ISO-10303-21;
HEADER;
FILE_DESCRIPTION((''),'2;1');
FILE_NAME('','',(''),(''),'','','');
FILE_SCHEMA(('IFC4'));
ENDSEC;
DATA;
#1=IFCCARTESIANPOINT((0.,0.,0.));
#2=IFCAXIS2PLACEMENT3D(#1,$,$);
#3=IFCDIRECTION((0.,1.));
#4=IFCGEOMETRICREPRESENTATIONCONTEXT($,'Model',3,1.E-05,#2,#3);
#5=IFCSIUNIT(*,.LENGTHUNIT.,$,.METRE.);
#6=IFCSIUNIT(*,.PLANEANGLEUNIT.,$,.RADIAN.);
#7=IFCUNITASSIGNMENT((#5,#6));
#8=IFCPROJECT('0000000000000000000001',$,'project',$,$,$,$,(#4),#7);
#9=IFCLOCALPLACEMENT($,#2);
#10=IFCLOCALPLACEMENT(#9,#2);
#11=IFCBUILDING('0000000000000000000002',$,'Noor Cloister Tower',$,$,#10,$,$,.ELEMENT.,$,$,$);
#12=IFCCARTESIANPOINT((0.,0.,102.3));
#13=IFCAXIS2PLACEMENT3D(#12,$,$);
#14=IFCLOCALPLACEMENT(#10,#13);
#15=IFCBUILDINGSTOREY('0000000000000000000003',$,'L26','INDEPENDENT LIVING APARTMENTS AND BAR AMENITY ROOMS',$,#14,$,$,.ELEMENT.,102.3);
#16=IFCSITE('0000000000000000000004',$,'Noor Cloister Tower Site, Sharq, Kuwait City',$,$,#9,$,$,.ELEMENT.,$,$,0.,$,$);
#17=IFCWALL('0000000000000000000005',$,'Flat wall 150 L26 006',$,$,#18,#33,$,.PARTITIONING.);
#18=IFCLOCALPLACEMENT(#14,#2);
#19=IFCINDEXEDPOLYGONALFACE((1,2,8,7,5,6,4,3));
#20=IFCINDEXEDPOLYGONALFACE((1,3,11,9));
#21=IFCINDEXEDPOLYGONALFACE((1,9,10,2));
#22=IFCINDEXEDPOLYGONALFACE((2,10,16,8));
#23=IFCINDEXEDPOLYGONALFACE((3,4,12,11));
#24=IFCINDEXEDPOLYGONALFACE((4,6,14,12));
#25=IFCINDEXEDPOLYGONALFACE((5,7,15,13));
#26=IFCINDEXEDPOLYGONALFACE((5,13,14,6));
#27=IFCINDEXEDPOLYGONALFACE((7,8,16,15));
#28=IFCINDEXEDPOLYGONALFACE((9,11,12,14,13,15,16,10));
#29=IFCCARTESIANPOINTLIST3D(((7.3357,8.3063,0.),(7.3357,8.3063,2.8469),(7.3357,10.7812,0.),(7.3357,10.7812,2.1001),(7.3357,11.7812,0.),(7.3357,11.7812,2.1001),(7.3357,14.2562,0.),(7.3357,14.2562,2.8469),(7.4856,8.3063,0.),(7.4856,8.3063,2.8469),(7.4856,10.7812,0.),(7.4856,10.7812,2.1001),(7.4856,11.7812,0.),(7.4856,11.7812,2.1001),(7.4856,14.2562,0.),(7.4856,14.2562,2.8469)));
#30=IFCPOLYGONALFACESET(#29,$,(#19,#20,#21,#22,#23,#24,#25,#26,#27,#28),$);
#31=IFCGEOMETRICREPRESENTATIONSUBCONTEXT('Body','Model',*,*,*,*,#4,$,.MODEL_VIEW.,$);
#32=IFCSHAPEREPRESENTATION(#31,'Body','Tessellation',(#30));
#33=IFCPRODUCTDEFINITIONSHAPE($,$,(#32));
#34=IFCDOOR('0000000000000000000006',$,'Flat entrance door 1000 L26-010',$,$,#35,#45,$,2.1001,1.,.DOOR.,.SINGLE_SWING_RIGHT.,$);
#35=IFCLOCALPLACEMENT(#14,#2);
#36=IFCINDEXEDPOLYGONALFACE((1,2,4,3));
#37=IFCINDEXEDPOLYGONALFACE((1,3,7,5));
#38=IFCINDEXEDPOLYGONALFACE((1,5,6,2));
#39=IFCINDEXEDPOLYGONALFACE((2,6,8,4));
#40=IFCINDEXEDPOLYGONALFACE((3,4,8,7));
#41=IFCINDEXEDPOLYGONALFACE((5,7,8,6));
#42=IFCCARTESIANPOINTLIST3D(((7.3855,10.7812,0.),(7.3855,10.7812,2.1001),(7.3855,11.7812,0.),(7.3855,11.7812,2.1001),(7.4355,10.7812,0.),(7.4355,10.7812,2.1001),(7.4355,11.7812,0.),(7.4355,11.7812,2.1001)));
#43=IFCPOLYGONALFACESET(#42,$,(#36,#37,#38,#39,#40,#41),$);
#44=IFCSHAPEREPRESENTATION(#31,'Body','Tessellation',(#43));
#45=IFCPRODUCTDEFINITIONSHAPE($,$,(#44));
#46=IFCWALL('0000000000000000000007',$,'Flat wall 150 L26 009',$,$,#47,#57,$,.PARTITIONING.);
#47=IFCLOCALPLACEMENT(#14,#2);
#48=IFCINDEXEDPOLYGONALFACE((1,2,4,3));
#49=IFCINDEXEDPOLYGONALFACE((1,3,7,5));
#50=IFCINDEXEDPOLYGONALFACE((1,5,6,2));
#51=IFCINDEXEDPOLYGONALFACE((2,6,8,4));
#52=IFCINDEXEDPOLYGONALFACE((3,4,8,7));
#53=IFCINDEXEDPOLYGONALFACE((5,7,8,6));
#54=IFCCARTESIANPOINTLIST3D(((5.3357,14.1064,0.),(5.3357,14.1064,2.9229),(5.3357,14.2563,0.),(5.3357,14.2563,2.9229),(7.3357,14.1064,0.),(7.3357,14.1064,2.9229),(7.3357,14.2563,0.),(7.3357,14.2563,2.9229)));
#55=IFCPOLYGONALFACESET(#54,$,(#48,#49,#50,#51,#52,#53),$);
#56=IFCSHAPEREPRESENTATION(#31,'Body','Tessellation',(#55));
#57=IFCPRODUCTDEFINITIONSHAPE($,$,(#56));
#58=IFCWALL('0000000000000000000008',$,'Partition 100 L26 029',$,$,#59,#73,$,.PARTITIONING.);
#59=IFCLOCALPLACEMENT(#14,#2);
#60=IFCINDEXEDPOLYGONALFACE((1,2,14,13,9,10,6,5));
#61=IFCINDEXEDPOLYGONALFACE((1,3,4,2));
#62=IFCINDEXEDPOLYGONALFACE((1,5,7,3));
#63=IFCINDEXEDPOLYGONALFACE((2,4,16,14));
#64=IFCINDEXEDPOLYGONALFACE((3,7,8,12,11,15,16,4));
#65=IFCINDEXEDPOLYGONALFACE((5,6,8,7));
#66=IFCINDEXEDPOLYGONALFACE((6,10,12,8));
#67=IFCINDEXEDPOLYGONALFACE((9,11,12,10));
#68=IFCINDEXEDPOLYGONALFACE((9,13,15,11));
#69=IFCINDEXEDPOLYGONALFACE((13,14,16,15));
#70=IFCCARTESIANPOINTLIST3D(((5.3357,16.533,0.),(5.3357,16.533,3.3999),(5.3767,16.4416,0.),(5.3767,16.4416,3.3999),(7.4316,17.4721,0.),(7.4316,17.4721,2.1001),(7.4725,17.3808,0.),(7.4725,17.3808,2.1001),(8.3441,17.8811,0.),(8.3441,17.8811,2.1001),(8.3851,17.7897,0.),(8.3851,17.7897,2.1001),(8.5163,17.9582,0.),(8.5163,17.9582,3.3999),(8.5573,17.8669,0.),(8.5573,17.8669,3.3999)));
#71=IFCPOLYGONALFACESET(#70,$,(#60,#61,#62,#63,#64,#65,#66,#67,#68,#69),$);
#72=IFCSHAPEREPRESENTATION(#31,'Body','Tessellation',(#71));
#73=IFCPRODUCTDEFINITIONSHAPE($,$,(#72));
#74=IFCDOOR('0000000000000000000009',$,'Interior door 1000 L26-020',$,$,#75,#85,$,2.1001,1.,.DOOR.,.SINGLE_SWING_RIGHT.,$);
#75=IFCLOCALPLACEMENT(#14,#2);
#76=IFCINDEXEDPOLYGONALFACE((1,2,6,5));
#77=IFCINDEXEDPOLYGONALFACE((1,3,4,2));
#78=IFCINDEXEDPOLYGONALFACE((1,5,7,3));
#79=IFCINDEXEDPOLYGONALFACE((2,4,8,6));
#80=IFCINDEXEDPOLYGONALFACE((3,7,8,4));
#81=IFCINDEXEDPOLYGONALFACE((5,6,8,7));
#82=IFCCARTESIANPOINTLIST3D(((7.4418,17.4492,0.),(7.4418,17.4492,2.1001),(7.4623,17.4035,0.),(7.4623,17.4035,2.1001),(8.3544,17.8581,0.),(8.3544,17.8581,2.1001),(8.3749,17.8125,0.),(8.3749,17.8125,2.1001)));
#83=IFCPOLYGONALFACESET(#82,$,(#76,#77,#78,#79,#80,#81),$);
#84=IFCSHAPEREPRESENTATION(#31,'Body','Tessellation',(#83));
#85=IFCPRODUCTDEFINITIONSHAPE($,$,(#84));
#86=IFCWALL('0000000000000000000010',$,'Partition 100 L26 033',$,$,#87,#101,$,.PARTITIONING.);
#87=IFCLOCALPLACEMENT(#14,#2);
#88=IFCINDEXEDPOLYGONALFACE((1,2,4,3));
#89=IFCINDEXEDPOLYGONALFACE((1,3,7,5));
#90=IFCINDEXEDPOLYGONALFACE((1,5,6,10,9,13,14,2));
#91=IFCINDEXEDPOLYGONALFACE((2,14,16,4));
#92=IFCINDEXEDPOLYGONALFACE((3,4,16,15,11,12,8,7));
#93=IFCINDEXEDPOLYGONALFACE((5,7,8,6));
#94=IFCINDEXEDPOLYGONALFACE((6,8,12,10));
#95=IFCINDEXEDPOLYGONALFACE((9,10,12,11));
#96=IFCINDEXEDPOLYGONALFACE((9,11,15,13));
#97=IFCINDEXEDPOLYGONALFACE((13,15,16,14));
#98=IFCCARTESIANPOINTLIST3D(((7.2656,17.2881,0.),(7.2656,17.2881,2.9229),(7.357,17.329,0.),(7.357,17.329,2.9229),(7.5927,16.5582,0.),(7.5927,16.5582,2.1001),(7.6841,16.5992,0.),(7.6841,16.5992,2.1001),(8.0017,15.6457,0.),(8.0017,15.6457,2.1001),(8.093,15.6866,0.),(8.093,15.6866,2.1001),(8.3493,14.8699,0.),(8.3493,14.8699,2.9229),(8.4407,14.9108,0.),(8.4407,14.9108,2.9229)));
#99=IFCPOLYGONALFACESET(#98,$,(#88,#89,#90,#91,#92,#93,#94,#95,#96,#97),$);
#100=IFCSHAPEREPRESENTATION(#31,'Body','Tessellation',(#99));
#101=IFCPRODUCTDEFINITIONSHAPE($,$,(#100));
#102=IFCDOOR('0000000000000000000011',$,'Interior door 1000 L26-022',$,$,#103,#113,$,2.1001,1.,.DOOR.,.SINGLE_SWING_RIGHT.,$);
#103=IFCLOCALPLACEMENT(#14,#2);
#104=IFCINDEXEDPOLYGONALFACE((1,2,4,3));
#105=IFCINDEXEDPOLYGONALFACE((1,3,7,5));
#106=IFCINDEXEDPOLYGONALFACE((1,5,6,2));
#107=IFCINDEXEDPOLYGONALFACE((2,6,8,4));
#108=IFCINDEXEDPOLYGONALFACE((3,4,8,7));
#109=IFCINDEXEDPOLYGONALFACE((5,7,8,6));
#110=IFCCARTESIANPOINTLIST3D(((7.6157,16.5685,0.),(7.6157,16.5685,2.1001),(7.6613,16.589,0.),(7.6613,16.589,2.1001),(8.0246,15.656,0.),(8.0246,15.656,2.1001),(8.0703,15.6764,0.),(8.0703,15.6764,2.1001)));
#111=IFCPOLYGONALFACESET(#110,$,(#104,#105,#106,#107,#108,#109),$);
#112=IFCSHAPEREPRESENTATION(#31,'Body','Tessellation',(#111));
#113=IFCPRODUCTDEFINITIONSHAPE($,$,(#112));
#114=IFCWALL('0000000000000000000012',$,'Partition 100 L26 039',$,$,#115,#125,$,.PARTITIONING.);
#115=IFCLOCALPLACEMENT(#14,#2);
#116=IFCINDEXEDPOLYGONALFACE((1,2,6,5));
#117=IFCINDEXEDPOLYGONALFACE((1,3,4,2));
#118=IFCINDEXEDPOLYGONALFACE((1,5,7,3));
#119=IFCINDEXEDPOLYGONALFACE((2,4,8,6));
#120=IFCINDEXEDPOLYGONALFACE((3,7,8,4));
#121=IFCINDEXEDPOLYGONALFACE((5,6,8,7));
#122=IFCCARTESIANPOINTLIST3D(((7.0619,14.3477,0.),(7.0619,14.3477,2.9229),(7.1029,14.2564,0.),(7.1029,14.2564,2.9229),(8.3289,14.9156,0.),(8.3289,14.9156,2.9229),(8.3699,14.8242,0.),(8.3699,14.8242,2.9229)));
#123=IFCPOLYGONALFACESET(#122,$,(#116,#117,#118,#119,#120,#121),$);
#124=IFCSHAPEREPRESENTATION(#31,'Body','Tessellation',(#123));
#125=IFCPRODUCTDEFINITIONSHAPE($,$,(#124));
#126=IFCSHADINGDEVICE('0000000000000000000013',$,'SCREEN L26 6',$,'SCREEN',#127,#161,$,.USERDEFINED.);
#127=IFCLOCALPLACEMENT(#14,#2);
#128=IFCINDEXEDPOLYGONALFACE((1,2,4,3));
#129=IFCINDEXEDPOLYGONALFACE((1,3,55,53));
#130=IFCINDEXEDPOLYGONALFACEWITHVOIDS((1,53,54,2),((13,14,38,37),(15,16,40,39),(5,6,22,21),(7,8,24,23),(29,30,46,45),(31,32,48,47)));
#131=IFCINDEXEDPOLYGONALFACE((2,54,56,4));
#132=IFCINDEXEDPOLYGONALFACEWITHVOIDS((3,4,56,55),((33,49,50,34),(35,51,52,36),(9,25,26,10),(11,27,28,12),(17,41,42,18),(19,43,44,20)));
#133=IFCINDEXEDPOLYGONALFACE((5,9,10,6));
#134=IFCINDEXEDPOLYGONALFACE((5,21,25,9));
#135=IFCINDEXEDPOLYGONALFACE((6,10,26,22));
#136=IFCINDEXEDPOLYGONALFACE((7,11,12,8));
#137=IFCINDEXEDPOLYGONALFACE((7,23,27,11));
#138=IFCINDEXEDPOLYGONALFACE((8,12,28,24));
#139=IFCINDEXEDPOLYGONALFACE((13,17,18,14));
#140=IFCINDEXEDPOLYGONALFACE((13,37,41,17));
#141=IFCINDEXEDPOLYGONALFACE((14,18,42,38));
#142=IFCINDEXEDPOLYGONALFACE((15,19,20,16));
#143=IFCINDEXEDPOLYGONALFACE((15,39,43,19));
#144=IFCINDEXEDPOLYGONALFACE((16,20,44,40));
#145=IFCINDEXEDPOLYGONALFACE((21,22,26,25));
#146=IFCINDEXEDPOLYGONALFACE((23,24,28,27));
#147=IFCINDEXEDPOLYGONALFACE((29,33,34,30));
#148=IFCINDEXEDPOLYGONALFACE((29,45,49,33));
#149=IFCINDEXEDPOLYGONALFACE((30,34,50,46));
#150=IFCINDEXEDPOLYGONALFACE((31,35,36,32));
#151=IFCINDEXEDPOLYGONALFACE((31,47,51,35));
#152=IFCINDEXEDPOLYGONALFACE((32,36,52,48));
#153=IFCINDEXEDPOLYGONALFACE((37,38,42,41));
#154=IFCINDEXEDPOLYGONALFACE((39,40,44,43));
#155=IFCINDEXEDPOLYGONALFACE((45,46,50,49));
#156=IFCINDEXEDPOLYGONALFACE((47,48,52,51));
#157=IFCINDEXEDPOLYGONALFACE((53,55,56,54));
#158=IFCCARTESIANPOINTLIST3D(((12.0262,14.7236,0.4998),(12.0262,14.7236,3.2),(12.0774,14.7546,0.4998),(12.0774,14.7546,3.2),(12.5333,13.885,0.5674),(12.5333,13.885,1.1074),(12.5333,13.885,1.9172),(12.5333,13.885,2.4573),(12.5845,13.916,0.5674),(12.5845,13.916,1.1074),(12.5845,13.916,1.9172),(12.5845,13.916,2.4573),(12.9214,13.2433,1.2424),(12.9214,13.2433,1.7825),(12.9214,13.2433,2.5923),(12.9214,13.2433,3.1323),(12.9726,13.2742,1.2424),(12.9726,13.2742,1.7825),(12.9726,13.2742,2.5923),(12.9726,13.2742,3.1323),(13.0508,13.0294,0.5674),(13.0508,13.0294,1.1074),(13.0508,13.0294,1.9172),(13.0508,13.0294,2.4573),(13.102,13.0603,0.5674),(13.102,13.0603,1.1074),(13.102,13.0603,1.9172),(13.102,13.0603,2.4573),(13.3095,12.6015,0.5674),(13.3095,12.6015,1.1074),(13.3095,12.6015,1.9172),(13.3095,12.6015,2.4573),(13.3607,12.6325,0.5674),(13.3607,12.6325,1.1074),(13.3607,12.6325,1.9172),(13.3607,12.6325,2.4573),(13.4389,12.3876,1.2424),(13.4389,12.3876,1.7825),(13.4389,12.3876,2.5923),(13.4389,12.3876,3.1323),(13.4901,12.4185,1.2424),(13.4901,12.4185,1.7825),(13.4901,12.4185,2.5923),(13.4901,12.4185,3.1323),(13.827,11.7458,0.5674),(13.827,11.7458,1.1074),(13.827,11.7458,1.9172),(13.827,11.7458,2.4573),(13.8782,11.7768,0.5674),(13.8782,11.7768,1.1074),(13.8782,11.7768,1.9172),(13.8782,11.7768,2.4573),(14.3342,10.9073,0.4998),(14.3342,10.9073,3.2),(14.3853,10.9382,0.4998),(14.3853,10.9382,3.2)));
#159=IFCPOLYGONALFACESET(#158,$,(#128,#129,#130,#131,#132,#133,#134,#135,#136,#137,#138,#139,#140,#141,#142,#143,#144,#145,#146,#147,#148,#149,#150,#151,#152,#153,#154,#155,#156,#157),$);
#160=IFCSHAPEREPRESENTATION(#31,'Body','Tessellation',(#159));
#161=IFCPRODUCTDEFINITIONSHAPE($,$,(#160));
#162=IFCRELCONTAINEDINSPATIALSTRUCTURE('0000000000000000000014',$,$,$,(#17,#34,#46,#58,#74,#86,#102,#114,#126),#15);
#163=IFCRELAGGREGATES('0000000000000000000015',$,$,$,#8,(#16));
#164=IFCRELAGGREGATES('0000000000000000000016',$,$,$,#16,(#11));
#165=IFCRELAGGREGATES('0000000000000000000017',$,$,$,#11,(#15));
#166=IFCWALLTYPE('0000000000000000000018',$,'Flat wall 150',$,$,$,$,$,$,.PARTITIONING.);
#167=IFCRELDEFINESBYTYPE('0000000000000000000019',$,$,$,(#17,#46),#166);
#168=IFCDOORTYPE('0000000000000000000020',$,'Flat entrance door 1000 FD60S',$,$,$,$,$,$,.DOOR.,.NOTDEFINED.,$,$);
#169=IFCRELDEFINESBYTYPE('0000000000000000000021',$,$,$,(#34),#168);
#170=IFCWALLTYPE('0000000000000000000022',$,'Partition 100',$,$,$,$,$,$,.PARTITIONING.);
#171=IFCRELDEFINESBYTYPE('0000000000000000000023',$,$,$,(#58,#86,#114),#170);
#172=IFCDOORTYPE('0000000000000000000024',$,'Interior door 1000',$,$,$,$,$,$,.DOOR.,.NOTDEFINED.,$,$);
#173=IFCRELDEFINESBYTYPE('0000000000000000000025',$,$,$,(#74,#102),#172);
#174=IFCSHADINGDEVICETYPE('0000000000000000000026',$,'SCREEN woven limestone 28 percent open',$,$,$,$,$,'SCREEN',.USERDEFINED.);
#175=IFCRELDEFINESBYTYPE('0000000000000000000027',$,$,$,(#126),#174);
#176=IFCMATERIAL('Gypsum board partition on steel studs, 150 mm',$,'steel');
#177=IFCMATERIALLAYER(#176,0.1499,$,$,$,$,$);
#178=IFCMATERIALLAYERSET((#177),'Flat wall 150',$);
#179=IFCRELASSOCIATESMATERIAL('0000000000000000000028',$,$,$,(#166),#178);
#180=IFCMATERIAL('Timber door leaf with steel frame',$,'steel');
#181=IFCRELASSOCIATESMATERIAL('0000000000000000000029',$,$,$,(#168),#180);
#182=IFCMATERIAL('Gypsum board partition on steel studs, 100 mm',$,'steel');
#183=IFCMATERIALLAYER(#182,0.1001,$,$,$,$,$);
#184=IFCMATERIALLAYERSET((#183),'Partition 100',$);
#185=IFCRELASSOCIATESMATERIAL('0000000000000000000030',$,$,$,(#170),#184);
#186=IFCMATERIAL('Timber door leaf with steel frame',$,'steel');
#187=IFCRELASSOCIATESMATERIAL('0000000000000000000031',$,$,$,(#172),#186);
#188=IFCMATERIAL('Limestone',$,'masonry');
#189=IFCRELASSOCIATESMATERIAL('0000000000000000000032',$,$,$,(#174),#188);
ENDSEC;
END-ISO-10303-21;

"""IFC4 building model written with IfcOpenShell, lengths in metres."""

from ifc_helpers import new_model, si_unit, direction, frame, frame_2d, origin, place, context, subcontext, project, spatial, polyline, rectangle, outline, extrude, material, layer, layer_set, material_profile, profile_set, type_object, element, fill, save


model = new_model("IFC4")

# Units and contexts
model_context = context("Model", 3, precision=1e-05, world=origin(), true_north=direction((0.0, 1.0)))
body_context = subcontext(model_context, "Body", "Model", "MODEL_VIEW")
ifc_project = project(units=[si_unit("LENGTHUNIT", "METRE"), si_unit("PLANEANGLEUNIT", "RADIAN")], contexts=[model_context])

# Site, building, storey
site_placement = place(None, origin())
site = spatial("IfcSite", under=ifc_project, at=site_placement, Name="Noor Cloister Tower Site, Sharq, Kuwait City", CompositionType="ELEMENT", RefElevation=0.0)
building_placement = place(site_placement, origin())
building = spatial("IfcBuilding", under=site, at=building_placement, Name="Noor Cloister Tower", CompositionType="ELEMENT")
storey_placement = place(building_placement, frame((0.0, 0.0, 102.3)))
storey = spatial("IfcBuildingStorey", under=building, at=storey_placement, Name="L26", Description="INDEPENDENT LIVING APARTMENTS AND BAR AMENITY ROOMS", CompositionType="ELEMENT", Elevation=102.3)

# Wall, opening, door
ifc_material_1 = material(Name="Gypsum board partition on steel studs, 150 mm", Category="steel")
ifc_layer_1 = layer(ifc_material_1, 0.1499)
ifc_layer_set_1 = layer_set([ifc_layer_1], Name="Flat wall 150")
wall_type_1 = type_object("IfcWallType", Name="Flat wall 150", PredefinedType="PARTITIONING", material=ifc_layer_set_1)
wall_1_placement = place(storey_placement, frame((7.4106, 14.2563, 0.0), z_axis=(0.0, 0.0, 1.0), x_axis=(0.0, -1.0, 0.0)))
wall_1 = element("IfcWall", 1, at=wall_1_placement, inside=storey, type_object=wall_type_1, Name="Flat wall 150 L26 006", PredefinedType="PARTITIONING", context=body_context, shape_type="SweptSolid", body=[
    extrude(rectangle(XDim=5.95, YDim=0.1499, at=frame_2d((2.9751, 0.0))), origin(), (0.0, 0.0, 1.0), 2.8469),
])
opening_1_placement = place(wall_1_placement, frame((2.4751, 0.0, 0.0)))
opening_1 = element("IfcOpeningElement", 2, at=opening_1_placement, cuts=wall_1, PredefinedType="OPENING", context=body_context, shape_type="SweptSolid", body=[
    extrude(rectangle(XDim=1.0, YDim=2.1001, at=frame_2d((0.5, 1.05))), frame((0.0, 0.085, 0.0), z_axis=(0.0, -1.0, 0.0), x_axis=(1.0, 0.0, 0.0)), (0.0, 0.0, 1.0), 0.1699),
])
ifc_material_2 = material(Name="Timber door leaf with steel frame", Category="steel")
door_type_1 = type_object("IfcDoorType", Name="Flat entrance door 1000 FD60S", OperationType="NOTDEFINED", PredefinedType="DOOR", material=ifc_material_2)
door_1_placement = place(opening_1_placement, origin())
door_1 = element("IfcDoor", 3, at=door_1_placement, inside=storey, type_object=door_type_1, Name="Flat entrance door 1000 L26-010", OperationType="SINGLE_SWING_RIGHT", OverallHeight=2.1001, OverallWidth=1.0, PredefinedType="DOOR", context=body_context, shape_type="SweptSolid", body=[
    extrude(rectangle(XDim=1.0, YDim=2.1001, at=frame_2d((0.5, 1.05))), frame((0.0, 0.0249, 0.0), z_axis=(0.0, -1.0, 0.0), x_axis=(1.0, 0.0, 0.0)), (0.0, 0.0, 1.0), 0.05),
])
fill(opening_1, door_1)

# Wall
wall_2_placement = place(storey_placement, frame((5.3357, 14.1814, 0.0), z_axis=(0.0, 0.0, 1.0), x_axis=(1.0, 0.0, 0.0)))
element("IfcWall", 4, at=wall_2_placement, inside=storey, type_object=wall_type_1, Name="Flat wall 150 L26 009", PredefinedType="PARTITIONING", context=body_context, shape_type="SweptSolid", body=[
    extrude(rectangle(XDim=2.0, YDim=0.1499, at=frame_2d((1.0, 0.0))), origin(), (0.0, 0.0, 1.0), 2.9229),
])

# Walls, openings, doors
ifc_material_3 = material(Name="Gypsum board partition on steel studs, 100 mm", Category="steel")
ifc_layer_2 = layer(ifc_material_3, 0.1001)
ifc_layer_set_2 = layer_set([ifc_layer_2], Name="Partition 100")
wall_type_2 = type_object("IfcWallType", Name="Partition 100", PredefinedType="PARTITIONING", material=ifc_layer_set_2)
wall_3_placement = place(storey_placement, frame((5.3562, 16.4873, 0.0), z_axis=(0.0, 0.0, 1.0), x_axis=(0.912565, 0.408931, 0.0)))
wall_3 = element("IfcWall", 5, at=wall_3_placement, inside=storey, type_object=wall_type_2, Name="Partition 100 L26 029", PredefinedType="PARTITIONING", context=body_context, shape_type="SweptSolid", body=[
    extrude(rectangle(XDim=3.4854, YDim=0.1001, at=frame_2d((1.7427, 0.0))), origin(), (0.0, 0.0, 1.0), 3.3999),
])
opening_2_placement = place(wall_3_placement, frame((2.2966, 0.0, 0.0)))
opening_2 = element("IfcOpeningElement", 6, at=opening_2_placement, cuts=wall_3, PredefinedType="OPENING", context=body_context, shape_type="SweptSolid", body=[
    extrude(rectangle(XDim=1.0, YDim=2.1001, at=frame_2d((0.5, 1.05))), frame((0.0, 0.0601, 0.0), z_axis=(0.0, -1.0, 0.0), x_axis=(1.0, 0.0, 0.0)), (0.0, 0.0, 1.0), 0.1201),
])
ifc_material_4 = material(Name="Timber door leaf with steel frame", Category="steel")
door_type_2 = type_object("IfcDoorType", Name="Interior door 1000", OperationType="NOTDEFINED", PredefinedType="DOOR", material=ifc_material_4)
door_2_placement = place(opening_2_placement, origin())
door_2 = element("IfcDoor", 7, at=door_2_placement, inside=storey, type_object=door_type_2, Name="Interior door 1000 L26-020", OperationType="SINGLE_SWING_RIGHT", OverallHeight=2.1001, OverallWidth=1.0, PredefinedType="DOOR", context=body_context, shape_type="SweptSolid", body=[
    extrude(rectangle(XDim=1.0, YDim=2.1001, at=frame_2d((0.5, 1.05))), frame((0.0, 0.0249, 0.0), z_axis=(0.0, -1.0, 0.0), x_axis=(1.0, 0.0, 0.0)), (0.0, 0.0, 1.0), 0.05),
])
fill(opening_2, door_2)
wall_4_placement = place(storey_placement, frame((8.395, 14.8904, 0.0), z_axis=(0.0, 0.0, 1.0), x_axis=(-0.408966, 0.91255, 0.0)))
wall_4 = element("IfcWall", 8, at=wall_4_placement, inside=storey, type_object=wall_type_2, Name="Partition 100 L26 033", PredefinedType="PARTITIONING", context=body_context, shape_type="SweptSolid", body=[
    extrude(rectangle(XDim=2.6499, YDim=0.1001, at=frame_2d((1.325, 0.0))), origin(), (0.0, 0.0, 1.0), 2.9229),
])
opening_3_placement = place(wall_4_placement, frame((0.8501, 0.0, 0.0)))
opening_3 = element("IfcOpeningElement", 9, at=opening_3_placement, cuts=wall_4, PredefinedType="OPENING", context=body_context, shape_type="SweptSolid", body=[
    extrude(rectangle(XDim=1.0, YDim=2.1001, at=frame_2d((0.5, 1.05))), frame((0.0, 0.0601, 0.0), z_axis=(0.0, -1.0, 0.0), x_axis=(1.0, 0.0, 0.0)), (0.0, 0.0, 1.0), 0.1201),
])
door_3_placement = place(opening_3_placement, origin())
door_3 = element("IfcDoor", 10, at=door_3_placement, inside=storey, type_object=door_type_2, Name="Interior door 1000 L26-022", OperationType="SINGLE_SWING_RIGHT", OverallHeight=2.1001, OverallWidth=1.0, PredefinedType="DOOR", context=body_context, shape_type="SweptSolid", body=[
    extrude(rectangle(XDim=1.0, YDim=2.1001, at=frame_2d((0.5, 1.05))), frame((0.0, 0.0249, 0.0), z_axis=(0.0, -1.0, 0.0), x_axis=(1.0, 0.0, 0.0)), (0.0, 0.0, 1.0), 0.05),
])
fill(opening_3, door_3)

# Wall
wall_5_placement = place(storey_placement, frame((7.0823, 14.302, 0.0), z_axis=(0.0, 0.0, 1.0), x_axis=(0.912546, 0.408975, 0.0)))
element("IfcWall", 11, at=wall_5_placement, inside=storey, type_object=wall_type_2, Name="Partition 100 L26 039", PredefinedType="PARTITIONING", context=body_context, shape_type="SweptSolid", body=[
    extrude(rectangle(XDim=1.3884, YDim=0.1001, at=frame_2d((0.6943, 0.0))), origin(), (0.0, 0.0, 1.0), 2.9229),
])

# Shading device
ifc_material_5 = material(Name="Limestone", Category="masonry")
ifc_material_profile_1 = material_profile(ifc_material_5, outline(polyline([(-2.23, -1.3501), (2.23, -1.3501), (2.23, 1.3501), (-2.23, 1.3501), (-2.23, -1.3501)]), holes=[polyline([(-1.25, -1.2825), (-0.25, -1.2825), (-0.25, -0.7424), (-1.25, -0.7424), (-1.25, -1.2825)]), polyline([(0.25, -1.2825), (1.25, -1.2825), (1.25, -0.7424), (0.25, -0.7424), (0.25, -1.2825)]), polyline([(-0.5, -0.6074), (0.5, -0.6074), (0.5, -0.0674), (-0.5, -0.0674), (-0.5, -0.6074)]), polyline([(-1.25, 0.0674), (-0.25, 0.0674), (-0.25, 0.6074), (-1.25, 0.6074), (-1.25, 0.0674)]), polyline([(0.25, 0.0674), (1.25, 0.0674), (1.25, 0.6074), (0.25, 0.6074), (0.25, 0.0674)]), polyline([(-0.5, 0.7424), (0.5, 0.7424), (0.5, 1.2825), (-0.5, 1.2825), (-0.5, 0.7424)])]), Name="Woven screen 28 percent open")
ifc_profile_set_1 = profile_set([ifc_material_profile_1], Name="Limestone")
shading_device_type = type_object("IfcShadingDeviceType", Name="SCREEN woven limestone 28 percent open", ElementType="SCREEN", PredefinedType="USERDEFINED", material=ifc_profile_set_1)
shading_device_1_placement = place(storey_placement, frame((13.1802, 12.8154, 1.8499), z_axis=(0.85569, 0.517489, 0.0), x_axis=(-0.517489, 0.85569, 0.0)))
element("IfcShadingDevice", 12, at=shading_device_1_placement, inside=storey, type_object=shading_device_type, Name="SCREEN L26 6", ObjectType="SCREEN", PredefinedType="USERDEFINED", context=body_context, shape_type="SweptSolid", body=[
    extrude(outline(polyline([(-2.23, -1.3501), (2.23, -1.3501), (2.23, 1.3501), (-2.23, 1.3501), (-2.23, -1.3501)]), holes=[polyline([(-1.25, -1.2825), (-0.25, -1.2825), (-0.25, -0.7424), (-1.25, -0.7424), (-1.25, -1.2825)]), polyline([(0.25, -1.2825), (1.25, -1.2825), (1.25, -0.7424), (0.25, -0.7424), (0.25, -1.2825)]), polyline([(-0.5, -0.6074), (0.5, -0.6074), (0.5, -0.0674), (-0.5, -0.0674), (-0.5, -0.6074)]), polyline([(-1.25, 0.0674), (-0.25, 0.0674), (-0.25, 0.6074), (-1.25, 0.6074), (-1.25, 0.0674)]), polyline([(0.25, 0.0674), (1.25, 0.0674), (1.25, 0.6074), (0.25, 0.6074), (0.25, 0.0674)]), polyline([(-0.5, 0.7424), (0.5, 0.7424), (0.5, 1.2825), (-0.5, 1.2825), (-0.5, 0.7424)])]), origin(), (0.0, 0.0, 1.0), 0.0598),
])

save(model, "model.ifc")
